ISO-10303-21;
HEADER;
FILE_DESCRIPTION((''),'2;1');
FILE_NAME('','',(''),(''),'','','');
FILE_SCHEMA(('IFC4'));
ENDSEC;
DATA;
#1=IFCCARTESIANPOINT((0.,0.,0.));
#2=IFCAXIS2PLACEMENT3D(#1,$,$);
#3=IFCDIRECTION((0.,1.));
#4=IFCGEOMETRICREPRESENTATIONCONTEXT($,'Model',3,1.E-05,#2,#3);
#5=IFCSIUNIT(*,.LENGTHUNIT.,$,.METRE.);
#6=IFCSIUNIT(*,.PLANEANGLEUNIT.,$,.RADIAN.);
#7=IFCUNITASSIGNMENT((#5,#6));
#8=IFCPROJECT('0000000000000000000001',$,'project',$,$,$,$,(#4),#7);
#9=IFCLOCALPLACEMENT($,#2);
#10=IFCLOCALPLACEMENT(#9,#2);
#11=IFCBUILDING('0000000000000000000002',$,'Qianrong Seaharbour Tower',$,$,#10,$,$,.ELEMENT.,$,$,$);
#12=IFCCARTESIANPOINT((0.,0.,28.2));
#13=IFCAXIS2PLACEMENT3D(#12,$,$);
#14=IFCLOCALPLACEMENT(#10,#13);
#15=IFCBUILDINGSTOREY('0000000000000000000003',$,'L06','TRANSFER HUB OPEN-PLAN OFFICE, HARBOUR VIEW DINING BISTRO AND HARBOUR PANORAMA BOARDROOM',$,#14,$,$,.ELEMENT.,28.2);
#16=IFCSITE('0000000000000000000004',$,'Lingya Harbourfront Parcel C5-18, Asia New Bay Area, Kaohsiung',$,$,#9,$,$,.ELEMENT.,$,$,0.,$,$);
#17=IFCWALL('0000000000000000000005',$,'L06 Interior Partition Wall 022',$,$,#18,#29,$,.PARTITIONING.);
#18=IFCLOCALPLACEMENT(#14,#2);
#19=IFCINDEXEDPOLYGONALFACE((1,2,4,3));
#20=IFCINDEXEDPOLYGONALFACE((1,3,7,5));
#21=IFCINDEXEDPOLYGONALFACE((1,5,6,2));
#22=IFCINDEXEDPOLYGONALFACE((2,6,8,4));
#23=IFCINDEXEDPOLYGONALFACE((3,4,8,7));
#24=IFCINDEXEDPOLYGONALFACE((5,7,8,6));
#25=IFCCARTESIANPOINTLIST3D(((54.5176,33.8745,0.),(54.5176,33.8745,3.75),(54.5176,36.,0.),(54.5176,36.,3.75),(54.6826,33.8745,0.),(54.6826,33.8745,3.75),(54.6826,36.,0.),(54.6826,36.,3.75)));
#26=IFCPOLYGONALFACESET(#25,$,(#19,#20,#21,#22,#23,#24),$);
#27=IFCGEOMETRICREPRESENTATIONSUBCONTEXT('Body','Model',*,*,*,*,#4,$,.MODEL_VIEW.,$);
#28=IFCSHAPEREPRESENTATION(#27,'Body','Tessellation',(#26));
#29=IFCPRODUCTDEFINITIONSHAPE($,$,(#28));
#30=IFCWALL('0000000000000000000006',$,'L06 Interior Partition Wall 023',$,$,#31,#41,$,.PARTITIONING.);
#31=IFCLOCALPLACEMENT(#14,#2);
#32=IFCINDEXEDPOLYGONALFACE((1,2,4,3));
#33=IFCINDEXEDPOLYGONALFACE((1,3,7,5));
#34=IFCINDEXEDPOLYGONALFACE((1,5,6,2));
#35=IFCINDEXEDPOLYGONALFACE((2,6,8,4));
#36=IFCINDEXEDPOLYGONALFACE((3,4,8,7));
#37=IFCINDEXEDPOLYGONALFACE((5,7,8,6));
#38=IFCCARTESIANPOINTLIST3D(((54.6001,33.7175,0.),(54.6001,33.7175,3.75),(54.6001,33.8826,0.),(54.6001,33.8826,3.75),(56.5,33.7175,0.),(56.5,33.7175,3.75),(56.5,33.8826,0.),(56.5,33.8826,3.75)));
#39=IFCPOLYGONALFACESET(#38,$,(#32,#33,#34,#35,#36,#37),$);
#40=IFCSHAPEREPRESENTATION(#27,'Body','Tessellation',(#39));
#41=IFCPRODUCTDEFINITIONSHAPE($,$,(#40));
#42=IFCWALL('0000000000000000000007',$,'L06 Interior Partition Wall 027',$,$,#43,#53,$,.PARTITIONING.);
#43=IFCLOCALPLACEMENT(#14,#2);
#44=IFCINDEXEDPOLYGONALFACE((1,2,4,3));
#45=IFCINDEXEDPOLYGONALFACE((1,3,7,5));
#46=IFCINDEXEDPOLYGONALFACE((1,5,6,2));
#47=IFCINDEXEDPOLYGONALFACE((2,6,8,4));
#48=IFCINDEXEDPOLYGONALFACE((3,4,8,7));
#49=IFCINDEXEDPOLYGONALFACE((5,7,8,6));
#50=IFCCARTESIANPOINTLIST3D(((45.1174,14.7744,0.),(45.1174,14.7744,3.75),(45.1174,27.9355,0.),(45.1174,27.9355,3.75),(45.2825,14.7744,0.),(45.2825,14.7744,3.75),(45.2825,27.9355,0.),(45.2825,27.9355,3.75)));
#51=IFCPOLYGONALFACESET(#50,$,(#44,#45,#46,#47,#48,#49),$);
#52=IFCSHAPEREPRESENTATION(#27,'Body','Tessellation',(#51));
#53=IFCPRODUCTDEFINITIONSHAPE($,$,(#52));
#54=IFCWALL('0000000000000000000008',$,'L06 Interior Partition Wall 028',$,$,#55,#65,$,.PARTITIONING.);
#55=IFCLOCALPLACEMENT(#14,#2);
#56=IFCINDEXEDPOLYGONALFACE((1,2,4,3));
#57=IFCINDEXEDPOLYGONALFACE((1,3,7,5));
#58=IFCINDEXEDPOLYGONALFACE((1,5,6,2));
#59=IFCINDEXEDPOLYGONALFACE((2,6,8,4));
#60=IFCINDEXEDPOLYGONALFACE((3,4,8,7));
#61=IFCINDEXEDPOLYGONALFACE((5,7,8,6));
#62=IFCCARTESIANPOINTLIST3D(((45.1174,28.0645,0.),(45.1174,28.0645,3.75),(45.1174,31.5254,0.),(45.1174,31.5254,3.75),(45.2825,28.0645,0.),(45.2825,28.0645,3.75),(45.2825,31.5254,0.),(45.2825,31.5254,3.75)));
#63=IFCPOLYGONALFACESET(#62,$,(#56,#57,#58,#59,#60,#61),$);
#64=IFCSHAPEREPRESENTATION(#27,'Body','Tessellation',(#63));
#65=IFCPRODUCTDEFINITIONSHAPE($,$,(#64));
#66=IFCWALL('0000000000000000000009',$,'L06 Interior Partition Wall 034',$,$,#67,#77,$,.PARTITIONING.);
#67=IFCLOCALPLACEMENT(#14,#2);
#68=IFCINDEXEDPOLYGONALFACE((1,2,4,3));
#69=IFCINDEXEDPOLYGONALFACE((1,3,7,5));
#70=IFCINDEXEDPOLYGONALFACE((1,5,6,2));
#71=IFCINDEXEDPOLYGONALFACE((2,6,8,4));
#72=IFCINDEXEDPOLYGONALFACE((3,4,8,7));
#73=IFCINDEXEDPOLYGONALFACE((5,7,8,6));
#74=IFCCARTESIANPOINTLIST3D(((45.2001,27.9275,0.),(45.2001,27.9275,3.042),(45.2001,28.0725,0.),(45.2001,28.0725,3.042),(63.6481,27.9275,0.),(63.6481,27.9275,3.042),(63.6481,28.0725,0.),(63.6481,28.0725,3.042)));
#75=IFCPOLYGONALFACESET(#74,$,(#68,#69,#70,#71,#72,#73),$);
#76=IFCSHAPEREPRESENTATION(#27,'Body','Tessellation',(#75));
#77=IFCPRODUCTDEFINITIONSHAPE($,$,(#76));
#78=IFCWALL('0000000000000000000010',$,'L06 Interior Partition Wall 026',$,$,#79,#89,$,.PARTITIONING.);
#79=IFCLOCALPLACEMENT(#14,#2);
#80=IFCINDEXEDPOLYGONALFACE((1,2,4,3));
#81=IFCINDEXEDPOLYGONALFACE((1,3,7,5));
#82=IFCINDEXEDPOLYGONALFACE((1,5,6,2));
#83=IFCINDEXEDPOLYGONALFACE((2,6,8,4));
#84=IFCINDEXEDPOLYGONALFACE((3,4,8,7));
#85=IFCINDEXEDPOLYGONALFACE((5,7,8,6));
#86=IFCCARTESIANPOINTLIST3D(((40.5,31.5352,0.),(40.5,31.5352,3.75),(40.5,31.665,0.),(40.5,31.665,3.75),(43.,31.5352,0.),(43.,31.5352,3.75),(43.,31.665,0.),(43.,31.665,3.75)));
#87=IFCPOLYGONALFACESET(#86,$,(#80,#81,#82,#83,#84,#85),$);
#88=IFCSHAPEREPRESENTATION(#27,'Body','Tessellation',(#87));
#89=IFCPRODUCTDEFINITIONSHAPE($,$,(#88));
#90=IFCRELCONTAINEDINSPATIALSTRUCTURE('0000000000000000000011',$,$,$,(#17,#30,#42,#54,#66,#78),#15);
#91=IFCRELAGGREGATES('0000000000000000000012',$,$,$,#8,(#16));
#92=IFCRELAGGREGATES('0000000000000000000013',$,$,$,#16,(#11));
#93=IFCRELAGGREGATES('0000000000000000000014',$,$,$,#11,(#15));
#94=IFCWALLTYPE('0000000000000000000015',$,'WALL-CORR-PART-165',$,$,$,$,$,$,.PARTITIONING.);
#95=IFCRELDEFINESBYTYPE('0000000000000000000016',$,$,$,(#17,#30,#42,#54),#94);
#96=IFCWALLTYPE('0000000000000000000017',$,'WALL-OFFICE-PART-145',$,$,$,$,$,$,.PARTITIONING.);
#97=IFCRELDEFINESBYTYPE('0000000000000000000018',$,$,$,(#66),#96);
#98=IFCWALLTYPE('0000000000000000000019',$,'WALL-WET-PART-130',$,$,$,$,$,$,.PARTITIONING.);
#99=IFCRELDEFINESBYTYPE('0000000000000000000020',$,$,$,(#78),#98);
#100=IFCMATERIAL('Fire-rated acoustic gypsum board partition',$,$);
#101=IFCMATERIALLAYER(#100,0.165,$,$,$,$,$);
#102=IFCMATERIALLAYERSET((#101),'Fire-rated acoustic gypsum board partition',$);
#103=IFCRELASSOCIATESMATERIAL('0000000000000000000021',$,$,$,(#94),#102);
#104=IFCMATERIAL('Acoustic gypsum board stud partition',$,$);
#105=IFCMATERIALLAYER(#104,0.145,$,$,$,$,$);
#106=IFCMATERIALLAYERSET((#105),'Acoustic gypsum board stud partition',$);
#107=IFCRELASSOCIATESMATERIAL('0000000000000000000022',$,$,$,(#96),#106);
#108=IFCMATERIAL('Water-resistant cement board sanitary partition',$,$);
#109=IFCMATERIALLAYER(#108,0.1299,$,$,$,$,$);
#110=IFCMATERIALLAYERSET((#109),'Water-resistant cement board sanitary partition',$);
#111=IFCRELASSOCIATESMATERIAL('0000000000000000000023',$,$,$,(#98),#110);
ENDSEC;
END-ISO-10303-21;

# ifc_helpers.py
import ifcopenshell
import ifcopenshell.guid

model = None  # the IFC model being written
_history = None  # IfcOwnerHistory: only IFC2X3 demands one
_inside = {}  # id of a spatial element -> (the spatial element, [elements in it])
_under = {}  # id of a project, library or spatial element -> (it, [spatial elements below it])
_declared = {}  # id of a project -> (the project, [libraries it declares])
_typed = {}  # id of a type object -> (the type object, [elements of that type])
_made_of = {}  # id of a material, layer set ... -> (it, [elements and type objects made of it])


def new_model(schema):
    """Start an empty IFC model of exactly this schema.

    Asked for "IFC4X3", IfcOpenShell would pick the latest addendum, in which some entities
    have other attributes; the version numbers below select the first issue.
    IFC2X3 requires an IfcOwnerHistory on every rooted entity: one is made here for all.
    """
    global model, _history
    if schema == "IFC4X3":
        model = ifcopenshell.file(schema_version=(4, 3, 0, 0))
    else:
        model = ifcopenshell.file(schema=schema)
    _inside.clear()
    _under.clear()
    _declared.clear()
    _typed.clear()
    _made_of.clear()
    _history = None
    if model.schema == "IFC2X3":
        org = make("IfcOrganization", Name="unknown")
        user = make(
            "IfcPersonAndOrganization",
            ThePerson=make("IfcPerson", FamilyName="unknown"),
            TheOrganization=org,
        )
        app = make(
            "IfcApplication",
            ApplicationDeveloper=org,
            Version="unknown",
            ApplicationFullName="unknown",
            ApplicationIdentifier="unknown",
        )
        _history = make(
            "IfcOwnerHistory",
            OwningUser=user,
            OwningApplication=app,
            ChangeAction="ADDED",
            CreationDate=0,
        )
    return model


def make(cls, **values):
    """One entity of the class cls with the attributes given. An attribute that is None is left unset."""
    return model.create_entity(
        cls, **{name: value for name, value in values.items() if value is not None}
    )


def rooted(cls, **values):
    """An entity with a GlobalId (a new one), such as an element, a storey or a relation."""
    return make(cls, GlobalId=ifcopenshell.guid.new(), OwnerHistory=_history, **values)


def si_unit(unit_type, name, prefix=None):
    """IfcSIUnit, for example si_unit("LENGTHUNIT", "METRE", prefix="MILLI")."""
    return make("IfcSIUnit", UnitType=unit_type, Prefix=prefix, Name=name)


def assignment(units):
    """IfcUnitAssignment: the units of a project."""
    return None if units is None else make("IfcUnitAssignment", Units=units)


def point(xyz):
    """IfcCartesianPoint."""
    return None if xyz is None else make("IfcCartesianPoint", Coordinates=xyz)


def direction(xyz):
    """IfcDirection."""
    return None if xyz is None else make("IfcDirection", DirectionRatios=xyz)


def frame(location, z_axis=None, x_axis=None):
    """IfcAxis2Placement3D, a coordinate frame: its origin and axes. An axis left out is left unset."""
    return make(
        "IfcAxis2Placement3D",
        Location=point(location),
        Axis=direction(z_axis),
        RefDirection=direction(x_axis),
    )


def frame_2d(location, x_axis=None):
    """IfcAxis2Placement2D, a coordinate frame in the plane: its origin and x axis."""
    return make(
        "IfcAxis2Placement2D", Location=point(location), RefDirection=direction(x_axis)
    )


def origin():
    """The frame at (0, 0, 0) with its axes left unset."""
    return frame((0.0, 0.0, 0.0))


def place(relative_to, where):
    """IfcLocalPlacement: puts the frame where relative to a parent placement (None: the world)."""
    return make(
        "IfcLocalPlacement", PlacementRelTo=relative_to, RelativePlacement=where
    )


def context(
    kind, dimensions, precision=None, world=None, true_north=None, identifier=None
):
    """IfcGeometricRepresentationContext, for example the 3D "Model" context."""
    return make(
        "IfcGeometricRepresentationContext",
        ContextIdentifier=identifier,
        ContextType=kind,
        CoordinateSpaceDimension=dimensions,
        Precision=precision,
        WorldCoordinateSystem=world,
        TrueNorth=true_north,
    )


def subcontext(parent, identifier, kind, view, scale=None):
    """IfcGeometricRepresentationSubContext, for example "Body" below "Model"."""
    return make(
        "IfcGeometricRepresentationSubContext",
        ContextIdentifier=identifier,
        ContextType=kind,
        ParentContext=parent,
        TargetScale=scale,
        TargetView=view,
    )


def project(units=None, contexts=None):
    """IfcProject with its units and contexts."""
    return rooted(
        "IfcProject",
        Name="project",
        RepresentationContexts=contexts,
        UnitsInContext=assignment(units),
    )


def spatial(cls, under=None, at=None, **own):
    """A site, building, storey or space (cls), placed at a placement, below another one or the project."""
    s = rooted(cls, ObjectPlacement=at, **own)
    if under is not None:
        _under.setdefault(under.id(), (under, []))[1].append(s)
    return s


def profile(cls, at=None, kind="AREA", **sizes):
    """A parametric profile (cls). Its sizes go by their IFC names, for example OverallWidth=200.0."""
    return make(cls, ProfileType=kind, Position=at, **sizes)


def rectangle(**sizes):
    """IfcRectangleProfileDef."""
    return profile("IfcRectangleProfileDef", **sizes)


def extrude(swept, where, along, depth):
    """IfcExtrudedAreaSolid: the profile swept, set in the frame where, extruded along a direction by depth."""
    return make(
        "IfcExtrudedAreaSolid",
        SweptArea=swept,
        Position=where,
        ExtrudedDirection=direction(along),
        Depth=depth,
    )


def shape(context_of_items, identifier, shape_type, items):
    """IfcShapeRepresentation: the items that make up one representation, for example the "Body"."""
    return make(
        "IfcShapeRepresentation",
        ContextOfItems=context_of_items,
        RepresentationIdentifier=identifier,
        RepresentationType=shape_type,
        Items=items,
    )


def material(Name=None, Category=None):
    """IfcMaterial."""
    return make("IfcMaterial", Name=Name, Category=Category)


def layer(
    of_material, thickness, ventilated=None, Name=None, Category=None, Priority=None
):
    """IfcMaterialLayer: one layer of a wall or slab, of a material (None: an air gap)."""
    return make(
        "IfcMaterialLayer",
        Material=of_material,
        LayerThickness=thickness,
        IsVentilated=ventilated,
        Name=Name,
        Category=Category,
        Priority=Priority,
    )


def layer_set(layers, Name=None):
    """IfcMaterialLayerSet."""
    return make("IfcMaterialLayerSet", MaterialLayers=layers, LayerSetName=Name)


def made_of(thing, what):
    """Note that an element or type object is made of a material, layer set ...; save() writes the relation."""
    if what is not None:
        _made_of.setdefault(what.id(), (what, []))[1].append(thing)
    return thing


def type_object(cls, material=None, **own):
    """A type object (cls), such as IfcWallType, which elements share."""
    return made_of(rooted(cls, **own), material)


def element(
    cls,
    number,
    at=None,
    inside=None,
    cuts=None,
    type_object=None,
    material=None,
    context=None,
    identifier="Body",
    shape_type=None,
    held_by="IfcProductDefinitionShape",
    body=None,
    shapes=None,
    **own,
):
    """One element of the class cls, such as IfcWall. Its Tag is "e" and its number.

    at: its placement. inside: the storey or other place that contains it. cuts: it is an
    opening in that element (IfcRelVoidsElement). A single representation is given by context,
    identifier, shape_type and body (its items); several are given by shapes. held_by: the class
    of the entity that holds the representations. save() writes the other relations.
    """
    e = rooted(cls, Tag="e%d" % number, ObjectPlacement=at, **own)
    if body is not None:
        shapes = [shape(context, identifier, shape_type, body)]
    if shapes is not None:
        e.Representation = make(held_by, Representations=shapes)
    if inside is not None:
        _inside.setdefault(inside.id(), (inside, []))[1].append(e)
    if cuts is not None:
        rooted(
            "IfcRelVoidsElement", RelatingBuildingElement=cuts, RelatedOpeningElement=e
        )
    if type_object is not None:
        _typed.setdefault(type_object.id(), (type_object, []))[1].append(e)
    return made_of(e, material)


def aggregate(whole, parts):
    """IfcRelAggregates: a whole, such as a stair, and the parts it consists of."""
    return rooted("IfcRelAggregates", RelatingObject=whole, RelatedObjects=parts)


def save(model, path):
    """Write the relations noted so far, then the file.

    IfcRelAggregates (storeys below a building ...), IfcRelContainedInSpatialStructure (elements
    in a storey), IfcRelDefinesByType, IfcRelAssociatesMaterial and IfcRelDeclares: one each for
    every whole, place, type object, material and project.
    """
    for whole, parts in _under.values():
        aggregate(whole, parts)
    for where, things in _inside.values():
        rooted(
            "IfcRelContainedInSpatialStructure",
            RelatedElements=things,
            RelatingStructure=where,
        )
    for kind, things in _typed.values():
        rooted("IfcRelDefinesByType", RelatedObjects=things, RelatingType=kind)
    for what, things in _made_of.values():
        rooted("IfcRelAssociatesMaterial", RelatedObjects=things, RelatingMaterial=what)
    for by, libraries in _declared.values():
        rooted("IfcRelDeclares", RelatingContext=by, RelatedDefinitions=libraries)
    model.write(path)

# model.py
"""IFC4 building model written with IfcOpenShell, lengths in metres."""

from ifc_helpers import new_model, si_unit, direction, frame, frame_2d, origin, place, context, subcontext, project, spatial, rectangle, extrude, material, layer, layer_set, type_object, element, save


model = new_model("IFC4")

# Units and contexts
model_context = context("Model", 3, precision=1e-05, world=origin(), true_north=direction((0.0, 1.0)))
body_context = subcontext(model_context, "Body", "Model", "MODEL_VIEW")
ifc_project = project(units=[si_unit("LENGTHUNIT", "METRE"), si_unit("PLANEANGLEUNIT", "RADIAN")], contexts=[model_context])

# Site, building, storey
site_placement = place(None, origin())
site = spatial("IfcSite", under=ifc_project, at=site_placement, Name="Lingya Harbourfront Parcel C5-18, Asia New Bay Area, Kaohsiung", CompositionType="ELEMENT", RefElevation=0.0)
building_placement = place(site_placement, origin())
building = spatial("IfcBuilding", under=site, at=building_placement, Name="Qianrong Seaharbour Tower", CompositionType="ELEMENT")
storey_placement = place(building_placement, frame((0.0, 0.0, 28.2)))
storey = spatial("IfcBuildingStorey", under=building, at=storey_placement, Name="L06", Description="TRANSFER HUB OPEN-PLAN OFFICE, HARBOUR VIEW DINING BISTRO AND HARBOUR PANORAMA BOARDROOM", CompositionType="ELEMENT", Elevation=28.2)

# Walls
ifc_material_1 = material(Name="Fire-rated acoustic gypsum board partition")
ifc_layer_1 = layer(ifc_material_1, 0.165)
ifc_layer_set_1 = layer_set([ifc_layer_1], Name="Fire-rated acoustic gypsum board partition")
wall_type_1 = type_object("IfcWallType", Name="WALL-CORR-PART-165", PredefinedType="PARTITIONING", material=ifc_layer_set_1)
wall_1_placement = place(storey_placement, frame((54.6001, 36.0, 0.0), z_axis=(0.0, 0.0, 1.0), x_axis=(0.0, -1.0, 0.0)))
element("IfcWall", 1, at=wall_1_placement, inside=storey, type_object=wall_type_1, Name="L06 Interior Partition Wall 022", PredefinedType="PARTITIONING", context=body_context, shape_type="SweptSolid", body=[
    extrude(rectangle(XDim=2.1255, YDim=0.165, at=frame_2d((1.0627, 0.0))), origin(), (0.0, 0.0, 1.0), 3.75),
])
wall_2_placement = place(storey_placement, frame((54.6001, 33.8, 0.0), z_axis=(0.0, 0.0, 1.0), x_axis=(1.0, 0.0, 0.0)))
element("IfcWall", 2, at=wall_2_placement, inside=storey, type_object=wall_type_1, Name="L06 Interior Partition Wall 023", PredefinedType="PARTITIONING", context=body_context, shape_type="SweptSolid", body=[
    extrude(rectangle(XDim=1.8999, YDim=0.165, at=frame_2d((0.95, 0.0))), origin(), (0.0, 0.0, 1.0), 3.75),
])
wall_3_placement = place(storey_placement, frame((45.2, 27.9355, 0.0), z_axis=(0.0, 0.0, 1.0), x_axis=(0.0, -1.0, 0.0)))
element("IfcWall", 3, at=wall_3_placement, inside=storey, type_object=wall_type_1, Name="L06 Interior Partition Wall 027", PredefinedType="PARTITIONING", context=body_context, shape_type="SweptSolid", body=[
    extrude(rectangle(XDim=13.1611, YDim=0.165, at=frame_2d((6.5806, 0.0))), origin(), (0.0, 0.0, 1.0), 3.75),
])
wall_4_placement = place(storey_placement, frame((45.2, 31.5254, 0.0), z_axis=(0.0, 0.0, 1.0), x_axis=(0.0, -1.0, 0.0)))
element("IfcWall", 4, at=wall_4_placement, inside=storey, type_object=wall_type_1, Name="L06 Interior Partition Wall 028", PredefinedType="PARTITIONING", context=body_context, shape_type="SweptSolid", body=[
    extrude(rectangle(XDim=3.4609, YDim=0.165, at=frame_2d((1.7305, 0.0))), origin(), (0.0, 0.0, 1.0), 3.75),
])
ifc_material_2 = material(Name="Acoustic gypsum board stud partition")
ifc_layer_2 = layer(ifc_material_2, 0.145)
ifc_layer_set_2 = layer_set([ifc_layer_2], Name="Acoustic gypsum board stud partition")
wall_type_2 = type_object("IfcWallType", Name="WALL-OFFICE-PART-145", PredefinedType="PARTITIONING", material=ifc_layer_set_2)
wall_5_placement = place(storey_placement, frame((45.2, 28.0, 0.0), z_axis=(0.0, 0.0, 1.0), x_axis=(1.0, 0.0, 0.0)))
element("IfcWall", 5, at=wall_5_placement, inside=storey, type_object=wall_type_2, Name="L06 Interior Partition Wall 034", PredefinedType="PARTITIONING", context=body_context, shape_type="SweptSolid", body=[
    extrude(rectangle(XDim=18.448, YDim=0.145, at=frame_2d((9.2241, 0.0))), origin(), (0.0, 0.0, 1.0), 3.042),
])
ifc_material_3 = material(Name="Water-resistant cement board sanitary partition")
ifc_layer_3 = layer(ifc_material_3, 0.1299)
ifc_layer_set_3 = layer_set([ifc_layer_3], Name="Water-resistant cement board sanitary partition")
wall_type_3 = type_object("IfcWallType", Name="WALL-WET-PART-130", PredefinedType="PARTITIONING", material=ifc_layer_set_3)
wall_6_placement = place(storey_placement, frame((43.0, 31.6001, 0.0), z_axis=(0.0, 0.0, 1.0), x_axis=(-1.0, 0.0, 0.0)))
element("IfcWall", 6, at=wall_6_placement, inside=storey, type_object=wall_type_3, Name="L06 Interior Partition Wall 026", PredefinedType="PARTITIONING", context=body_context, shape_type="SweptSolid", body=[
    extrude(rectangle(XDim=2.5, YDim=0.1299, at=frame_2d((1.25, 0.0))), origin(), (0.0, 0.0, 1.0), 3.75),
])

save(model, "model.ifc")
